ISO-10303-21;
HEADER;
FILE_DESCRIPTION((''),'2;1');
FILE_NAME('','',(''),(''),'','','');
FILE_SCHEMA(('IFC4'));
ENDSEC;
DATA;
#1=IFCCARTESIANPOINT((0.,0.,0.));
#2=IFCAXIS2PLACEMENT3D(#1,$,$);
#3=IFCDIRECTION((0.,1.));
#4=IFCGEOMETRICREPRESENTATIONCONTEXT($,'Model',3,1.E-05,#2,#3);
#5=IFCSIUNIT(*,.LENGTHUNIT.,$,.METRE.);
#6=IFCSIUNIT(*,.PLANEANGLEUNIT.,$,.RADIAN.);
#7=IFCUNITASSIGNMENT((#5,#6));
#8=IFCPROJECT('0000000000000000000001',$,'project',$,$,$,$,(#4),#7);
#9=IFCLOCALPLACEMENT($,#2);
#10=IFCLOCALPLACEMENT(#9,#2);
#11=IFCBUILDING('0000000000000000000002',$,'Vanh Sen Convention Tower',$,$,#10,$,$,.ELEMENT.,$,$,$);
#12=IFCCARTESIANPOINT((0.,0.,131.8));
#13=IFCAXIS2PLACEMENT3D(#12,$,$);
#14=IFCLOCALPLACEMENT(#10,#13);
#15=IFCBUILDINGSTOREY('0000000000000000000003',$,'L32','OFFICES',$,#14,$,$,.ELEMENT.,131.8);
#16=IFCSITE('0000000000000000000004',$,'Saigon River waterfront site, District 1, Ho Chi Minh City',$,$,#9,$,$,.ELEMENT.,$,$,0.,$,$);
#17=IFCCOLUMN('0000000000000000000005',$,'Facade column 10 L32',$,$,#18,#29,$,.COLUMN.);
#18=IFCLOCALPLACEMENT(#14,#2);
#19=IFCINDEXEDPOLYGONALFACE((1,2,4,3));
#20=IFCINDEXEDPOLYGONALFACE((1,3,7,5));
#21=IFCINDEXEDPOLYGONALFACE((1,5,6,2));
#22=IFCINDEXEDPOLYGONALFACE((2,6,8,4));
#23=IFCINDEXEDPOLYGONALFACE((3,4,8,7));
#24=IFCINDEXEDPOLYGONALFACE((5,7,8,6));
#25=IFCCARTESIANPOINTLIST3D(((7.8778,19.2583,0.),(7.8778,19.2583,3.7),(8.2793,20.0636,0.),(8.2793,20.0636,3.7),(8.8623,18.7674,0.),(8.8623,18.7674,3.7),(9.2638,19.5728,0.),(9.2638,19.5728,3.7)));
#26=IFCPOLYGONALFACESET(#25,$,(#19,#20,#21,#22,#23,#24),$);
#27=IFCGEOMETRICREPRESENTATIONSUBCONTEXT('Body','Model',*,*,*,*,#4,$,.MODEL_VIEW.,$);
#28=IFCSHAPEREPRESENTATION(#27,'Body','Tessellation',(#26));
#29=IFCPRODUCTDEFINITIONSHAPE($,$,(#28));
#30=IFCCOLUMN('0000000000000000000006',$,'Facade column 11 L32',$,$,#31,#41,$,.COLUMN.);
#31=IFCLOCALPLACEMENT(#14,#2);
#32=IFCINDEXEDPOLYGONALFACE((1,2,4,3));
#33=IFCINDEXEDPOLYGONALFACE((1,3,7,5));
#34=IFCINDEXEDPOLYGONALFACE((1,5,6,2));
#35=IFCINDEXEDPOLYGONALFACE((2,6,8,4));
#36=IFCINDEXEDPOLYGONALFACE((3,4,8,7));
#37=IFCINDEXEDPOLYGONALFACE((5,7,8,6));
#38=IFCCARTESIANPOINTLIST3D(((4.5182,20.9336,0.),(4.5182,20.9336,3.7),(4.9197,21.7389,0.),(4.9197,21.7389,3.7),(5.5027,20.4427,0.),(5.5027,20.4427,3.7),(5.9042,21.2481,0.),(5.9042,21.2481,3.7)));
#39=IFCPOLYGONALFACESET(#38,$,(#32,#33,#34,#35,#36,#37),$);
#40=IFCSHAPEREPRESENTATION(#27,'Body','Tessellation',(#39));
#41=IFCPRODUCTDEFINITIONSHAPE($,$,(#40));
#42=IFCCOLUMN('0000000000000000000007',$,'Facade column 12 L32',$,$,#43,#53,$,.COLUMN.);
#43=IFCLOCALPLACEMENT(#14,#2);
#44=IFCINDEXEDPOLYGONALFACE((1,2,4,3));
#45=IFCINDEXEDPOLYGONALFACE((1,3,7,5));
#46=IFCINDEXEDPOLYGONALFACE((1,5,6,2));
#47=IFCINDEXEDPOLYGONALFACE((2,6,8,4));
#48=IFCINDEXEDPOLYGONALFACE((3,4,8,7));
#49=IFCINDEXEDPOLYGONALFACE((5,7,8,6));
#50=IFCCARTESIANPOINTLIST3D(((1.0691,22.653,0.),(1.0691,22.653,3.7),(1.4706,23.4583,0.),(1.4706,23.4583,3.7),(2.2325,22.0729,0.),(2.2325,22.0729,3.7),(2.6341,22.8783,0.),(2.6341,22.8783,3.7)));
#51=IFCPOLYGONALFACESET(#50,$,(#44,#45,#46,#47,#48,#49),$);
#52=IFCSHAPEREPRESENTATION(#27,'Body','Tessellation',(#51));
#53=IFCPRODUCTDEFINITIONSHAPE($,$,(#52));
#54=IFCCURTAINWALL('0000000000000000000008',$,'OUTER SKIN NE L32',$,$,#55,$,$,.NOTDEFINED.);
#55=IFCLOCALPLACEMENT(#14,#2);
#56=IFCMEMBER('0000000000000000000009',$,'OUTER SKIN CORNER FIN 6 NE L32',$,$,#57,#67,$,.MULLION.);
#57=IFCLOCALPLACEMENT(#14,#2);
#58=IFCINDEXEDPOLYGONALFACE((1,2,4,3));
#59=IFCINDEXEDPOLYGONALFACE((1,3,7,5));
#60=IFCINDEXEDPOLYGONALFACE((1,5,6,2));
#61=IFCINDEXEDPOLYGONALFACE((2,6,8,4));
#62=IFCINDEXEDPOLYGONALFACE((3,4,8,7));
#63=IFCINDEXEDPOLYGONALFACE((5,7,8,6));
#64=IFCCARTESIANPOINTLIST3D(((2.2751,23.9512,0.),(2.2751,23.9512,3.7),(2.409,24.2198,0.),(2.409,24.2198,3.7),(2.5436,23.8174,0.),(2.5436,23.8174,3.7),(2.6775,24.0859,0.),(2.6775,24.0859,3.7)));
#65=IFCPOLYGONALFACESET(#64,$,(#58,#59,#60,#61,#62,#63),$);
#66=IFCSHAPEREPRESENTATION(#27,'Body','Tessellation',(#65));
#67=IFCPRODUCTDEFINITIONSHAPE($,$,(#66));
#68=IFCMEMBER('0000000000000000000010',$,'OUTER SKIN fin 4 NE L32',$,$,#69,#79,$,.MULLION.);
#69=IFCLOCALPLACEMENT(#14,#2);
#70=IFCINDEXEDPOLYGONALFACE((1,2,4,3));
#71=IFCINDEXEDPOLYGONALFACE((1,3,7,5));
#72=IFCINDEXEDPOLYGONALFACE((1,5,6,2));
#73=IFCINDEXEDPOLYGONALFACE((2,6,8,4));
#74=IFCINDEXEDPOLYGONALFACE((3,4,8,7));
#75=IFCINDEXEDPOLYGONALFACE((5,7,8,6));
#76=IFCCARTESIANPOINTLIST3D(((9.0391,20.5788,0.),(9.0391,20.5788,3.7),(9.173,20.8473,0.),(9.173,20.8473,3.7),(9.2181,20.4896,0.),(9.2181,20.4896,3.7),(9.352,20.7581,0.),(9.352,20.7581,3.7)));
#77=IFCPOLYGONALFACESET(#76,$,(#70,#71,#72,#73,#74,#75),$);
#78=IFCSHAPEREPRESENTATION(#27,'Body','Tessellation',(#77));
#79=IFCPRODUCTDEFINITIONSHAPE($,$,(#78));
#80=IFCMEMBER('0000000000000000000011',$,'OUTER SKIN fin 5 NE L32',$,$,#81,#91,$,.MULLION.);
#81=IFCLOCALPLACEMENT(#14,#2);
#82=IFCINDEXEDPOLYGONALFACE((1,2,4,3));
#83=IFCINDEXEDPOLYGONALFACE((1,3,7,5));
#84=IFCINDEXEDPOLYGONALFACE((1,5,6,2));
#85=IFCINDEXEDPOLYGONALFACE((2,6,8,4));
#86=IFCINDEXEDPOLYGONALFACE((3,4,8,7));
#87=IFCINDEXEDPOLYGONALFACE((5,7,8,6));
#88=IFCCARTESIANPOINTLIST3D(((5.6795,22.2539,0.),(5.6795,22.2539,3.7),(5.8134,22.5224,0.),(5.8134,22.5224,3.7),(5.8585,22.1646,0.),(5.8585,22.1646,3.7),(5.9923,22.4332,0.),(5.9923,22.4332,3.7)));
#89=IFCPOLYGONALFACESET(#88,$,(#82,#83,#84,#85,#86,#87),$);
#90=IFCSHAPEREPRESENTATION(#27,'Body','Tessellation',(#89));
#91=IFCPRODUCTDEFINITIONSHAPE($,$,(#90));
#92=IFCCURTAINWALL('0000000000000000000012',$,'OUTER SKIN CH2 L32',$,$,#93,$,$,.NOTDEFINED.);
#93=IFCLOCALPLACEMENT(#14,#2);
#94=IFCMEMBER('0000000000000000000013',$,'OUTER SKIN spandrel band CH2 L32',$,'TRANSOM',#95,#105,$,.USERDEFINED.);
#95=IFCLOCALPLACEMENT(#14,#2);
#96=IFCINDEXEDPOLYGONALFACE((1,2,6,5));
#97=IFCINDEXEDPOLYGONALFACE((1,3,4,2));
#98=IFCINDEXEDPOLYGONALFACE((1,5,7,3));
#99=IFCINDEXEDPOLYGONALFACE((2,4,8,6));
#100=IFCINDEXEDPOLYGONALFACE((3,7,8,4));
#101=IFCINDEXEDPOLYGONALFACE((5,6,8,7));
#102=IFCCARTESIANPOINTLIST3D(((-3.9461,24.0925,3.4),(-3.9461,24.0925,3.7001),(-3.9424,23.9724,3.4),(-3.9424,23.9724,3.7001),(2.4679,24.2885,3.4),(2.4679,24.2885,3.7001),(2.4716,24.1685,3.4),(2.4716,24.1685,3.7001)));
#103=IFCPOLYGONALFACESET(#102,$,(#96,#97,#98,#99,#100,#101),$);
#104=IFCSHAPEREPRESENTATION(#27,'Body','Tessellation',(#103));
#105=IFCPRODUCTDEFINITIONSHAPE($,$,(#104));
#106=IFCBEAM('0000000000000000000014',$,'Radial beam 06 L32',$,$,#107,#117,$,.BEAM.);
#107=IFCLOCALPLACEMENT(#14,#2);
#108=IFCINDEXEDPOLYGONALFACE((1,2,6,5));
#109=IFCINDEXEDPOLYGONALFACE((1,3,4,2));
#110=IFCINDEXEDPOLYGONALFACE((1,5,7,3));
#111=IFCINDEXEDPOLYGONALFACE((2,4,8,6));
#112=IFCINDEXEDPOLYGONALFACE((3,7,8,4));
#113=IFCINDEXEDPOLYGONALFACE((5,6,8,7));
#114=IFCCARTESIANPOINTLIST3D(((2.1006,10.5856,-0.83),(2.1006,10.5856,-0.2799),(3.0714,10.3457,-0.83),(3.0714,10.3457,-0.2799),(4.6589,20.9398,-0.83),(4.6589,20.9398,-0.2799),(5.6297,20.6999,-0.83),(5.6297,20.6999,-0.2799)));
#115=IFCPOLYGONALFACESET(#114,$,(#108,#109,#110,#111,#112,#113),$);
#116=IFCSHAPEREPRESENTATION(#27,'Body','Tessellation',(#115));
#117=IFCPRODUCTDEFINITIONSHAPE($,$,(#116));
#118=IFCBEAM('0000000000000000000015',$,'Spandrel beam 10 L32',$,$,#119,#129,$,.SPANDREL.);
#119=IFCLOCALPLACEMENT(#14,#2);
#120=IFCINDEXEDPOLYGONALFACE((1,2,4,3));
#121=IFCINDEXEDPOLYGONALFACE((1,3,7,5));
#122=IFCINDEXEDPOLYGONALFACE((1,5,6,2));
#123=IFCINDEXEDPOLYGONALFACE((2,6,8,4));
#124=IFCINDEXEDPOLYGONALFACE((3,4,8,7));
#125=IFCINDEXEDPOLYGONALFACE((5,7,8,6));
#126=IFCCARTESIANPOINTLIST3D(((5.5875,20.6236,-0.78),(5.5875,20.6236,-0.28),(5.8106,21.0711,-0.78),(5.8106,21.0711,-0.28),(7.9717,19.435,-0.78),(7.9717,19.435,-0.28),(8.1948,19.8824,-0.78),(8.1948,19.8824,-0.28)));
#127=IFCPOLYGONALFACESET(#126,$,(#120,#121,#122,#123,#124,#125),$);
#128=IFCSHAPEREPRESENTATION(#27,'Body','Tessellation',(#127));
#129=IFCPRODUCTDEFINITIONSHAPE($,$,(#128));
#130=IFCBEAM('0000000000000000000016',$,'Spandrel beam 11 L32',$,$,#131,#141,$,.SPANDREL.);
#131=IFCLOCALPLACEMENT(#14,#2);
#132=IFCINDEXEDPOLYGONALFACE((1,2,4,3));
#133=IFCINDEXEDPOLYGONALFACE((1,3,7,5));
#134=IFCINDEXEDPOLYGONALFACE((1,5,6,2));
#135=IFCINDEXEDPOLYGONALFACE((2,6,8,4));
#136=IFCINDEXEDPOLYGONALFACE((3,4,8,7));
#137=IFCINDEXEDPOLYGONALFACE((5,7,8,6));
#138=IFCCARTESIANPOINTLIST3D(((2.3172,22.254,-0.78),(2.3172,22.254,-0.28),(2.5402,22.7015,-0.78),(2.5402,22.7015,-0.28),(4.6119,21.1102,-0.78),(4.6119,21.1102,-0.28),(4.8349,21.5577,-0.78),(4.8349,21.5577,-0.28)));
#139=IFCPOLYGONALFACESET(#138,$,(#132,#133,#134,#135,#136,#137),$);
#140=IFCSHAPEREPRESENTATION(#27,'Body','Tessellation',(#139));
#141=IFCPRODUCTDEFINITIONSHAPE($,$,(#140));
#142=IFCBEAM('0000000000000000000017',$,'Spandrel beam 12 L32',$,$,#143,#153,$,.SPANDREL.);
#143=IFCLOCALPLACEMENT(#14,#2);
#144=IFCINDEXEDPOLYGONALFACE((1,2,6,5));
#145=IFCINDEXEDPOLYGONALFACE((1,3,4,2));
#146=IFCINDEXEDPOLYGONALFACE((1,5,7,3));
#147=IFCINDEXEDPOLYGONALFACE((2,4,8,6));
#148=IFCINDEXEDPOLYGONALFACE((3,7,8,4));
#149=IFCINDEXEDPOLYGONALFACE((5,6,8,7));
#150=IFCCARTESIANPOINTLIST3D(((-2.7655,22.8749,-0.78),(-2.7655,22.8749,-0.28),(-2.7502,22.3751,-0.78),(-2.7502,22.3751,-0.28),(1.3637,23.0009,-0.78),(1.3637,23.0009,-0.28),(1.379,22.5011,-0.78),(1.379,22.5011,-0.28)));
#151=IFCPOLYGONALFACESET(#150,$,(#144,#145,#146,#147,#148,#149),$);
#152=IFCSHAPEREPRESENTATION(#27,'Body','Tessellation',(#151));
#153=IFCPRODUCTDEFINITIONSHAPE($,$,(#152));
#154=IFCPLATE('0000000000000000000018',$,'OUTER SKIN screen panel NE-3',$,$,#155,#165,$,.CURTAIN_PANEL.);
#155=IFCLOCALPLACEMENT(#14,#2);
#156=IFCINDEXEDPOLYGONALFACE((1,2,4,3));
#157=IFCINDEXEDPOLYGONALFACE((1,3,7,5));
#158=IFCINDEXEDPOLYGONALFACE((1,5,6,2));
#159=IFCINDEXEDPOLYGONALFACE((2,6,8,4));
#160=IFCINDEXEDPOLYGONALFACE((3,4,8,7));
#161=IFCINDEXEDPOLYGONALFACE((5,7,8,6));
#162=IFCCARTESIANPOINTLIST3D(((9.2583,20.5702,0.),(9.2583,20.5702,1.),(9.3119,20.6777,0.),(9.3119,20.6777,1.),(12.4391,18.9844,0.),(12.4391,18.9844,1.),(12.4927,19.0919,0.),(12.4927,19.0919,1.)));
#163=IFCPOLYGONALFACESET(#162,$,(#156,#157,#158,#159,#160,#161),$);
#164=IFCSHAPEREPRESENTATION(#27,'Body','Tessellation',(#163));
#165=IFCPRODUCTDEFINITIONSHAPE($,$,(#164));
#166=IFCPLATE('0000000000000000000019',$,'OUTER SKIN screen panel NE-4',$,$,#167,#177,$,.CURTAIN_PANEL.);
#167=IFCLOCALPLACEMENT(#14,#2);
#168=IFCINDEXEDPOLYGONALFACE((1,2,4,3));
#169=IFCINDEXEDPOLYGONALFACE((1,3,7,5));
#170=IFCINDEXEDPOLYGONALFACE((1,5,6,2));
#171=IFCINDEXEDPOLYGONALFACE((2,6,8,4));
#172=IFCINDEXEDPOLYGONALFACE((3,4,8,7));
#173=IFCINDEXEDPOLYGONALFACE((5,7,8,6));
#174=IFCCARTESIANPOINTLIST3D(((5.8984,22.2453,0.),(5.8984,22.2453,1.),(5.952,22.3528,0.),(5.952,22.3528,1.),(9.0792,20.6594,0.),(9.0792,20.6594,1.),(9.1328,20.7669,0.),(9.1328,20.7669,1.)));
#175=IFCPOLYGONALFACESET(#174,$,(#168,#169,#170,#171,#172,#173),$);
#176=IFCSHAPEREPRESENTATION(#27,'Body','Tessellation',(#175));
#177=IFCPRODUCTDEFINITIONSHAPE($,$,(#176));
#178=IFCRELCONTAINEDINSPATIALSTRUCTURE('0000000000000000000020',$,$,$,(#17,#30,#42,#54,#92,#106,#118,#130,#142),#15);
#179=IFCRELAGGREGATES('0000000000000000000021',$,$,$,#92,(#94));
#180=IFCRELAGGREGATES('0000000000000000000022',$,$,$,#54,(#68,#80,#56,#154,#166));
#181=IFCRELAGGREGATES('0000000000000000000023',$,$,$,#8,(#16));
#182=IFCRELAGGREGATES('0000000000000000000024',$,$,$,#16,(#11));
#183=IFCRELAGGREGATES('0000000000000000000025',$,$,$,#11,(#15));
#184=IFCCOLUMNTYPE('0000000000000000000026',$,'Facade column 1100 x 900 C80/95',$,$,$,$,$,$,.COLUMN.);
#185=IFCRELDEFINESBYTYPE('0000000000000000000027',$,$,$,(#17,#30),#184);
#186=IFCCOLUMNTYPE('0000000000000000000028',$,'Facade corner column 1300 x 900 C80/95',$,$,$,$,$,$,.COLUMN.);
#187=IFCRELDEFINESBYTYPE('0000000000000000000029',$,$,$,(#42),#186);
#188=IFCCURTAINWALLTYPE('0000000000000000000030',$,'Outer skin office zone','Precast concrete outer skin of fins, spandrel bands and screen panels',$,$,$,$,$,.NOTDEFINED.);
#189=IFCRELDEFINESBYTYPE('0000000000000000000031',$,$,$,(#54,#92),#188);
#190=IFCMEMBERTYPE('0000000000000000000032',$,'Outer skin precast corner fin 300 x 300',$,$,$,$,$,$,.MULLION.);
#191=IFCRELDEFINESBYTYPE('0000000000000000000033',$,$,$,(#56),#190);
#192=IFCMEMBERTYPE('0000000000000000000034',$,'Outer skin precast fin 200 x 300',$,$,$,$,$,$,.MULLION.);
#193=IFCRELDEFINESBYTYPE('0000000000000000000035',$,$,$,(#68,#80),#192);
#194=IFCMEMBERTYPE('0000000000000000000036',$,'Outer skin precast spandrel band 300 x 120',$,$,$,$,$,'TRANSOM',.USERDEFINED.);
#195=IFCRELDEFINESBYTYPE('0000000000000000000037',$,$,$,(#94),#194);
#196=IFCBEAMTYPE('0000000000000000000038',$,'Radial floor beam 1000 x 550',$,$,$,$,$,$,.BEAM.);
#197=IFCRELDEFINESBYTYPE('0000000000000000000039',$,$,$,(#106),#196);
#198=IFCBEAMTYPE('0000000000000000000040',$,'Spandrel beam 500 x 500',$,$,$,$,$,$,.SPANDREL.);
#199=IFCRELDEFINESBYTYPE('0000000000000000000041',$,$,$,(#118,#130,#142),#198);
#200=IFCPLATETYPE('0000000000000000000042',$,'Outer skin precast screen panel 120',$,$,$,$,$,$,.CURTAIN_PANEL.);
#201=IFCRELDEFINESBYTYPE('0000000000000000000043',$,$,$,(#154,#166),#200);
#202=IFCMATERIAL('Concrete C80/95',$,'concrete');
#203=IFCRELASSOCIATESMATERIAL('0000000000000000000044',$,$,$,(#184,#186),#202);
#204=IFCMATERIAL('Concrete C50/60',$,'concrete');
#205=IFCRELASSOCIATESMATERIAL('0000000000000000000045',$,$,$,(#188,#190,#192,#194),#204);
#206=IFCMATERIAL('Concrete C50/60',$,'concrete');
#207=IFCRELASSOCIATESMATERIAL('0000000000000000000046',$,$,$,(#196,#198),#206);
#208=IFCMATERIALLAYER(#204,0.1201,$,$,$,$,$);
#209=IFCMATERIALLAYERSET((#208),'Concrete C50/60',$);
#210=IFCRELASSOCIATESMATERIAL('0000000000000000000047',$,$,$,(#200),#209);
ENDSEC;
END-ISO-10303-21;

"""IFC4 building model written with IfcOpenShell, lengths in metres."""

from ifc_helpers import new_model, si_unit, direction, frame, origin, origin_2d, place, context, subcontext, project, spatial, rectangle, extrude, material, layer, layer_set, material_profile, profile_set, type_object, element, aggregate, save


model = new_model("IFC4")

# Units and contexts
model_context = context("Model", 3, precision=1e-05, world=origin(), true_north=direction((0.0, 1.0)))
body_context = subcontext(model_context, "Body", "Model", "MODEL_VIEW")
ifc_project = project(units=[si_unit("LENGTHUNIT", "METRE"), si_unit("PLANEANGLEUNIT", "RADIAN")], contexts=[model_context])

# Site, building, storey
site_placement = place(None, origin())
site = spatial("IfcSite", under=ifc_project, at=site_placement, Name="Saigon River waterfront site, District 1, Ho Chi Minh City", CompositionType="ELEMENT", RefElevation=0.0)
building_placement = place(site_placement, origin())
building = spatial("IfcBuilding", under=site, at=building_placement, Name="Vanh Sen Convention Tower", CompositionType="ELEMENT")
storey_placement = place(building_placement, frame((0.0, 0.0, 131.8)))
storey = spatial("IfcBuildingStorey", under=building, at=storey_placement, Name="L32", Description="OFFICES", CompositionType="ELEMENT", Elevation=131.8)

# Columns
ifc_material_1 = material(Name="Concrete C80/95", Category="concrete")
ifc_material_profile_1 = material_profile(ifc_material_1, rectangle(XDim=1.1001, YDim=0.8999, at=origin_2d()), Name="RC 1100X900")
ifc_profile_set_1 = profile_set([ifc_material_profile_1], Name="Concrete C80/95")
column_type_1 = type_object("IfcColumnType", Name="Facade column 1100 x 900 C80/95", PredefinedType="COLUMN", material=ifc_profile_set_1)
for number, where, z_axis, x_axis, name in (
    (1, (8.5708, 19.4155, 0.0), (0.0, 0.0, 1.0), (-0.894934, 0.446198, 0.0), "Facade column 10 L32"),
    (2, (5.2112, 21.0908, 0.0), (0.0, 0.0, 1.0), (-0.894934, 0.446198, 0.0), "Facade column 11 L32"),
):
    element("IfcColumn", number, at=place(storey_placement, frame(where, z_axis=z_axis, x_axis=x_axis)), inside=storey, type_object=column_type_1, Name=name, PredefinedType="COLUMN", context=body_context, shape_type="SweptSolid", body=[
        extrude(rectangle(XDim=1.1001, YDim=0.8999, at=origin_2d()), origin(), (0.0, 0.0, 1.0), 3.7),
    ])
ifc_material_profile_2 = material_profile(ifc_material_1, rectangle(XDim=1.3, YDim=0.8999, at=origin_2d()), Name="RC 1300X900")
ifc_profile_set_2 = profile_set([ifc_material_profile_2], Name="Concrete C80/95")
column_type_2 = type_object("IfcColumnType", Name="Facade corner column 1300 x 900 C80/95", PredefinedType="COLUMN", material=ifc_profile_set_2)
column_placement = place(storey_placement, frame((1.8516, 22.7656, 0.0), z_axis=(0.0, 0.0, 1.0), x_axis=(-0.894934, 0.446198, 0.0)))
element("IfcColumn", 3, at=column_placement, inside=storey, type_object=column_type_2, Name="Facade column 12 L32", PredefinedType="COLUMN", context=body_context, shape_type="SweptSolid", body=[
    extrude(rectangle(XDim=1.3, YDim=0.8999, at=origin_2d()), origin(), (0.0, 0.0, 1.0), 3.7),
])

# Curtain wall, members
ifc_material_2 = material(Name="Concrete C50/60", Category="concrete")
curtain_wall_type = type_object("IfcCurtainWallType", Name="Outer skin office zone", Description="Precast concrete outer skin of fins, spandrel bands and screen panels", PredefinedType="NOTDEFINED", material=ifc_material_2)
curtain_wall_1_placement = place(storey_placement, origin())
curtain_wall_1 = element("IfcCurtainWall", 4, at=curtain_wall_1_placement, inside=storey, type_object=curtain_wall_type, Name="OUTER SKIN NE L32", PredefinedType="NOTDEFINED")
ifc_material_profile_3 = material_profile(ifc_material_2, rectangle(XDim=0.3, YDim=0.3, at=origin_2d()), Name="Outer skin precast corner fin 300 x 300")
ifc_profile_set_3 = profile_set([ifc_material_profile_3], Name="Concrete C50/60")
member_type_1 = type_object("IfcMemberType", Name="Outer skin precast corner fin 300 x 300", PredefinedType="MULLION", material=ifc_profile_set_3)
member_1_placement = place(storey_placement, frame((2.4763, 24.0186, 0.0), z_axis=(0.0, 0.0, 1.0), x_axis=(-0.894934, 0.446198, 0.0)))
member_1 = element("IfcMember", 5, at=member_1_placement, type_object=member_type_1, Name="OUTER SKIN CORNER FIN 6 NE L32", PredefinedType="MULLION", context=body_context, shape_type="SweptSolid", body=[
    extrude(rectangle(XDim=0.3, YDim=0.3, at=origin_2d()), origin(), (0.0, 0.0, 1.0), 3.7),
])
ifc_material_profile_4 = material_profile(ifc_material_2, rectangle(XDim=0.2, YDim=0.3, at=origin_2d()), Name="Outer skin precast fin 200 x 300")
ifc_profile_set_4 = profile_set([ifc_material_profile_4], Name="Concrete C50/60")
member_type_2 = type_object("IfcMemberType", Name="Outer skin precast fin 200 x 300", PredefinedType="MULLION", material=ifc_profile_set_4)
member_2_placement = place(storey_placement, frame((9.1956, 20.6685, 0.0), z_axis=(0.0, 0.0, 1.0), x_axis=(-0.894934, 0.446198, 0.0)))
member_2 = element("IfcMember", 6, at=member_2_placement, type_object=member_type_2, Name="OUTER SKIN fin 4 NE L32", PredefinedType="MULLION", context=body_context, shape_type="SweptSolid", body=[
    extrude(rectangle(XDim=0.2, YDim=0.3, at=origin_2d()), origin(), (0.0, 0.0, 1.0), 3.7),
])
member_3_placement = place(storey_placement, frame((5.8359, 22.3435, 0.0), z_axis=(0.0, 0.0, 1.0), x_axis=(-0.894934, 0.446198, 0.0)))
member_3 = element("IfcMember", 7, at=member_3_placement, type_object=member_type_2, Name="OUTER SKIN fin 5 NE L32", PredefinedType="MULLION", context=body_context, shape_type="SweptSolid", body=[
    extrude(rectangle(XDim=0.2, YDim=0.3, at=origin_2d()), origin(), (0.0, 0.0, 1.0), 3.7),
])

# Curtain wall, member
curtain_wall_2_placement = place(storey_placement, origin())
curtain_wall_2 = element("IfcCurtainWall", 8, at=curtain_wall_2_placement, inside=storey, type_object=curtain_wall_type, Name="OUTER SKIN CH2 L32", PredefinedType="NOTDEFINED")
ifc_material_profile_5 = material_profile(ifc_material_2, rectangle(XDim=0.1201, YDim=0.3, at=origin_2d()), Name="Outer skin precast spandrel band 300 x 120")
ifc_profile_set_5 = profile_set([ifc_material_profile_5], Name="Concrete C50/60")
member_type_3 = type_object("IfcMemberType", Name="Outer skin precast spandrel band 300 x 120", ElementType="TRANSOM", PredefinedType="USERDEFINED", material=ifc_profile_set_5)
member_4_placement = place(storey_placement, frame((2.4697, 24.2285, 3.55), z_axis=(-0.999533, -0.030551, 0.0), x_axis=(0.030551, -0.999533, 0.0)))
member_4 = element("IfcMember", 9, at=member_4_placement, type_object=member_type_3, Name="OUTER SKIN spandrel band CH2 L32", ObjectType="TRANSOM", PredefinedType="USERDEFINED", context=body_context, shape_type="SweptSolid", body=[
    extrude(rectangle(XDim=0.1201, YDim=0.3, at=origin_2d()), origin(), (0.0, 0.0, 1.0), 6.417),
])
aggregate(curtain_wall_2, [member_4])

# Beams
ifc_material_3 = material(Name="Concrete C50/60", Category="concrete")
ifc_material_profile_6 = material_profile(ifc_material_3, rectangle(XDim=1.0, YDim=0.55, at=origin_2d()), Name="RC 1000X550")
ifc_profile_set_6 = profile_set([ifc_material_profile_6], Name="Concrete C50/60")
beam_type_1 = type_object("IfcBeamType", Name="Radial floor beam 1000 x 550", PredefinedType="BEAM", material=ifc_profile_set_6)
beam_1_placement = place(storey_placement, frame((5.1443, 20.8198, -0.5549), z_axis=(-0.239869, -0.970805, 0.0), x_axis=(0.970805, -0.239869, 0.0)))
element("IfcBeam", 10, at=beam_1_placement, inside=storey, type_object=beam_type_1, Name="Radial beam 06 L32", PredefinedType="BEAM", context=body_context, shape_type="SweptSolid", body=[
    extrude(rectangle(XDim=1.0, YDim=0.55, at=origin_2d()), origin(), (0.0, 0.0, 1.0), 10.6655),
])
ifc_material_profile_7 = material_profile(ifc_material_3, rectangle(XDim=0.5, YDim=0.5, at=origin_2d()), Name="RC 500X500")
ifc_profile_set_7 = profile_set([ifc_material_profile_7], Name="Concrete C50/60")
beam_type_2 = type_object("IfcBeamType", Name="Spandrel beam 500 x 500", PredefinedType="SPANDREL", material=ifc_profile_set_7)
beam_2_placement = place(storey_placement, frame((8.0833, 19.6587, -0.53), z_axis=(-0.89494, 0.446187, 0.0), x_axis=(-0.446187, -0.89494, 0.0)))
element("IfcBeam", 11, at=beam_2_placement, inside=storey, type_object=beam_type_2, Name="Spandrel beam 10 L32", PredefinedType="SPANDREL", context=body_context, shape_type="SweptSolid", body=[
    extrude(rectangle(XDim=0.5, YDim=0.5, at=origin_2d()), origin(), (0.0, 0.0, 1.0), 2.6641),
])
beam_3_placement = place(storey_placement, frame((4.7234, 21.334, -0.53), z_axis=(-0.894979, 0.446109, 0.0), x_axis=(-0.446109, -0.894979, 0.0)))
element("IfcBeam", 12, at=beam_3_placement, inside=storey, type_object=beam_type_2, Name="Spandrel beam 11 L32", PredefinedType="SPANDREL", context=body_context, shape_type="SweptSolid", body=[
    extrude(rectangle(XDim=0.5, YDim=0.5, at=origin_2d()), origin(), (0.0, 0.0, 1.0), 2.564),
])
beam_4_placement = place(storey_placement, frame((1.3713, 22.751, -0.53), z_axis=(-0.999535, -0.030495, 0.0), x_axis=(0.030495, -0.999535, 0.0)))
element("IfcBeam", 13, at=beam_4_placement, inside=storey, type_object=beam_type_2, Name="Spandrel beam 12 L32", PredefinedType="SPANDREL", context=body_context, shape_type="SweptSolid", body=[
    extrude(rectangle(XDim=0.5, YDim=0.5, at=origin_2d()), origin(), (0.0, 0.0, 1.0), 4.1311),
])

# Plates
ifc_layer_1 = layer(ifc_material_2, 0.1201)
ifc_layer_set_1 = layer_set([ifc_layer_1], Name="Concrete C50/60")
plate_type = type_object("IfcPlateType", Name="Outer skin precast screen panel 120", PredefinedType="CURTAIN_PANEL", material=ifc_layer_set_1)
plate_1_placement = place(storey_placement, frame((10.8755, 19.8311, 0.0), z_axis=(0.0, 0.0, 1.0), x_axis=(-0.894933, 0.446201, 0.0)))
plate_1 = element("IfcPlate", 14, at=plate_1_placement, type_object=plate_type, Name="OUTER SKIN screen panel NE-3", PredefinedType="CURTAIN_PANEL", context=body_context, shape_type="SweptSolid", body=[
    extrude(rectangle(XDim=3.5542, YDim=0.1201, at=origin_2d()), origin(), (0.0, 0.0, 1.0), 1.0),
])
plate_2_placement = place(storey_placement, frame((7.5156, 21.5061, 0.0), z_axis=(0.0, 0.0, 1.0), x_axis=(-0.894933, 0.446201, 0.0)))
plate_2 = element("IfcPlate", 15, at=plate_2_placement, type_object=plate_type, Name="OUTER SKIN screen panel NE-4", PredefinedType="CURTAIN_PANEL", context=body_context, shape_type="SweptSolid", body=[
    extrude(rectangle(XDim=3.5542, YDim=0.1201, at=origin_2d()), origin(), (0.0, 0.0, 1.0), 1.0),
])
aggregate(curtain_wall_1, [member_2, member_3, member_1, plate_1, plate_2])

save(model, "model.ifc")
